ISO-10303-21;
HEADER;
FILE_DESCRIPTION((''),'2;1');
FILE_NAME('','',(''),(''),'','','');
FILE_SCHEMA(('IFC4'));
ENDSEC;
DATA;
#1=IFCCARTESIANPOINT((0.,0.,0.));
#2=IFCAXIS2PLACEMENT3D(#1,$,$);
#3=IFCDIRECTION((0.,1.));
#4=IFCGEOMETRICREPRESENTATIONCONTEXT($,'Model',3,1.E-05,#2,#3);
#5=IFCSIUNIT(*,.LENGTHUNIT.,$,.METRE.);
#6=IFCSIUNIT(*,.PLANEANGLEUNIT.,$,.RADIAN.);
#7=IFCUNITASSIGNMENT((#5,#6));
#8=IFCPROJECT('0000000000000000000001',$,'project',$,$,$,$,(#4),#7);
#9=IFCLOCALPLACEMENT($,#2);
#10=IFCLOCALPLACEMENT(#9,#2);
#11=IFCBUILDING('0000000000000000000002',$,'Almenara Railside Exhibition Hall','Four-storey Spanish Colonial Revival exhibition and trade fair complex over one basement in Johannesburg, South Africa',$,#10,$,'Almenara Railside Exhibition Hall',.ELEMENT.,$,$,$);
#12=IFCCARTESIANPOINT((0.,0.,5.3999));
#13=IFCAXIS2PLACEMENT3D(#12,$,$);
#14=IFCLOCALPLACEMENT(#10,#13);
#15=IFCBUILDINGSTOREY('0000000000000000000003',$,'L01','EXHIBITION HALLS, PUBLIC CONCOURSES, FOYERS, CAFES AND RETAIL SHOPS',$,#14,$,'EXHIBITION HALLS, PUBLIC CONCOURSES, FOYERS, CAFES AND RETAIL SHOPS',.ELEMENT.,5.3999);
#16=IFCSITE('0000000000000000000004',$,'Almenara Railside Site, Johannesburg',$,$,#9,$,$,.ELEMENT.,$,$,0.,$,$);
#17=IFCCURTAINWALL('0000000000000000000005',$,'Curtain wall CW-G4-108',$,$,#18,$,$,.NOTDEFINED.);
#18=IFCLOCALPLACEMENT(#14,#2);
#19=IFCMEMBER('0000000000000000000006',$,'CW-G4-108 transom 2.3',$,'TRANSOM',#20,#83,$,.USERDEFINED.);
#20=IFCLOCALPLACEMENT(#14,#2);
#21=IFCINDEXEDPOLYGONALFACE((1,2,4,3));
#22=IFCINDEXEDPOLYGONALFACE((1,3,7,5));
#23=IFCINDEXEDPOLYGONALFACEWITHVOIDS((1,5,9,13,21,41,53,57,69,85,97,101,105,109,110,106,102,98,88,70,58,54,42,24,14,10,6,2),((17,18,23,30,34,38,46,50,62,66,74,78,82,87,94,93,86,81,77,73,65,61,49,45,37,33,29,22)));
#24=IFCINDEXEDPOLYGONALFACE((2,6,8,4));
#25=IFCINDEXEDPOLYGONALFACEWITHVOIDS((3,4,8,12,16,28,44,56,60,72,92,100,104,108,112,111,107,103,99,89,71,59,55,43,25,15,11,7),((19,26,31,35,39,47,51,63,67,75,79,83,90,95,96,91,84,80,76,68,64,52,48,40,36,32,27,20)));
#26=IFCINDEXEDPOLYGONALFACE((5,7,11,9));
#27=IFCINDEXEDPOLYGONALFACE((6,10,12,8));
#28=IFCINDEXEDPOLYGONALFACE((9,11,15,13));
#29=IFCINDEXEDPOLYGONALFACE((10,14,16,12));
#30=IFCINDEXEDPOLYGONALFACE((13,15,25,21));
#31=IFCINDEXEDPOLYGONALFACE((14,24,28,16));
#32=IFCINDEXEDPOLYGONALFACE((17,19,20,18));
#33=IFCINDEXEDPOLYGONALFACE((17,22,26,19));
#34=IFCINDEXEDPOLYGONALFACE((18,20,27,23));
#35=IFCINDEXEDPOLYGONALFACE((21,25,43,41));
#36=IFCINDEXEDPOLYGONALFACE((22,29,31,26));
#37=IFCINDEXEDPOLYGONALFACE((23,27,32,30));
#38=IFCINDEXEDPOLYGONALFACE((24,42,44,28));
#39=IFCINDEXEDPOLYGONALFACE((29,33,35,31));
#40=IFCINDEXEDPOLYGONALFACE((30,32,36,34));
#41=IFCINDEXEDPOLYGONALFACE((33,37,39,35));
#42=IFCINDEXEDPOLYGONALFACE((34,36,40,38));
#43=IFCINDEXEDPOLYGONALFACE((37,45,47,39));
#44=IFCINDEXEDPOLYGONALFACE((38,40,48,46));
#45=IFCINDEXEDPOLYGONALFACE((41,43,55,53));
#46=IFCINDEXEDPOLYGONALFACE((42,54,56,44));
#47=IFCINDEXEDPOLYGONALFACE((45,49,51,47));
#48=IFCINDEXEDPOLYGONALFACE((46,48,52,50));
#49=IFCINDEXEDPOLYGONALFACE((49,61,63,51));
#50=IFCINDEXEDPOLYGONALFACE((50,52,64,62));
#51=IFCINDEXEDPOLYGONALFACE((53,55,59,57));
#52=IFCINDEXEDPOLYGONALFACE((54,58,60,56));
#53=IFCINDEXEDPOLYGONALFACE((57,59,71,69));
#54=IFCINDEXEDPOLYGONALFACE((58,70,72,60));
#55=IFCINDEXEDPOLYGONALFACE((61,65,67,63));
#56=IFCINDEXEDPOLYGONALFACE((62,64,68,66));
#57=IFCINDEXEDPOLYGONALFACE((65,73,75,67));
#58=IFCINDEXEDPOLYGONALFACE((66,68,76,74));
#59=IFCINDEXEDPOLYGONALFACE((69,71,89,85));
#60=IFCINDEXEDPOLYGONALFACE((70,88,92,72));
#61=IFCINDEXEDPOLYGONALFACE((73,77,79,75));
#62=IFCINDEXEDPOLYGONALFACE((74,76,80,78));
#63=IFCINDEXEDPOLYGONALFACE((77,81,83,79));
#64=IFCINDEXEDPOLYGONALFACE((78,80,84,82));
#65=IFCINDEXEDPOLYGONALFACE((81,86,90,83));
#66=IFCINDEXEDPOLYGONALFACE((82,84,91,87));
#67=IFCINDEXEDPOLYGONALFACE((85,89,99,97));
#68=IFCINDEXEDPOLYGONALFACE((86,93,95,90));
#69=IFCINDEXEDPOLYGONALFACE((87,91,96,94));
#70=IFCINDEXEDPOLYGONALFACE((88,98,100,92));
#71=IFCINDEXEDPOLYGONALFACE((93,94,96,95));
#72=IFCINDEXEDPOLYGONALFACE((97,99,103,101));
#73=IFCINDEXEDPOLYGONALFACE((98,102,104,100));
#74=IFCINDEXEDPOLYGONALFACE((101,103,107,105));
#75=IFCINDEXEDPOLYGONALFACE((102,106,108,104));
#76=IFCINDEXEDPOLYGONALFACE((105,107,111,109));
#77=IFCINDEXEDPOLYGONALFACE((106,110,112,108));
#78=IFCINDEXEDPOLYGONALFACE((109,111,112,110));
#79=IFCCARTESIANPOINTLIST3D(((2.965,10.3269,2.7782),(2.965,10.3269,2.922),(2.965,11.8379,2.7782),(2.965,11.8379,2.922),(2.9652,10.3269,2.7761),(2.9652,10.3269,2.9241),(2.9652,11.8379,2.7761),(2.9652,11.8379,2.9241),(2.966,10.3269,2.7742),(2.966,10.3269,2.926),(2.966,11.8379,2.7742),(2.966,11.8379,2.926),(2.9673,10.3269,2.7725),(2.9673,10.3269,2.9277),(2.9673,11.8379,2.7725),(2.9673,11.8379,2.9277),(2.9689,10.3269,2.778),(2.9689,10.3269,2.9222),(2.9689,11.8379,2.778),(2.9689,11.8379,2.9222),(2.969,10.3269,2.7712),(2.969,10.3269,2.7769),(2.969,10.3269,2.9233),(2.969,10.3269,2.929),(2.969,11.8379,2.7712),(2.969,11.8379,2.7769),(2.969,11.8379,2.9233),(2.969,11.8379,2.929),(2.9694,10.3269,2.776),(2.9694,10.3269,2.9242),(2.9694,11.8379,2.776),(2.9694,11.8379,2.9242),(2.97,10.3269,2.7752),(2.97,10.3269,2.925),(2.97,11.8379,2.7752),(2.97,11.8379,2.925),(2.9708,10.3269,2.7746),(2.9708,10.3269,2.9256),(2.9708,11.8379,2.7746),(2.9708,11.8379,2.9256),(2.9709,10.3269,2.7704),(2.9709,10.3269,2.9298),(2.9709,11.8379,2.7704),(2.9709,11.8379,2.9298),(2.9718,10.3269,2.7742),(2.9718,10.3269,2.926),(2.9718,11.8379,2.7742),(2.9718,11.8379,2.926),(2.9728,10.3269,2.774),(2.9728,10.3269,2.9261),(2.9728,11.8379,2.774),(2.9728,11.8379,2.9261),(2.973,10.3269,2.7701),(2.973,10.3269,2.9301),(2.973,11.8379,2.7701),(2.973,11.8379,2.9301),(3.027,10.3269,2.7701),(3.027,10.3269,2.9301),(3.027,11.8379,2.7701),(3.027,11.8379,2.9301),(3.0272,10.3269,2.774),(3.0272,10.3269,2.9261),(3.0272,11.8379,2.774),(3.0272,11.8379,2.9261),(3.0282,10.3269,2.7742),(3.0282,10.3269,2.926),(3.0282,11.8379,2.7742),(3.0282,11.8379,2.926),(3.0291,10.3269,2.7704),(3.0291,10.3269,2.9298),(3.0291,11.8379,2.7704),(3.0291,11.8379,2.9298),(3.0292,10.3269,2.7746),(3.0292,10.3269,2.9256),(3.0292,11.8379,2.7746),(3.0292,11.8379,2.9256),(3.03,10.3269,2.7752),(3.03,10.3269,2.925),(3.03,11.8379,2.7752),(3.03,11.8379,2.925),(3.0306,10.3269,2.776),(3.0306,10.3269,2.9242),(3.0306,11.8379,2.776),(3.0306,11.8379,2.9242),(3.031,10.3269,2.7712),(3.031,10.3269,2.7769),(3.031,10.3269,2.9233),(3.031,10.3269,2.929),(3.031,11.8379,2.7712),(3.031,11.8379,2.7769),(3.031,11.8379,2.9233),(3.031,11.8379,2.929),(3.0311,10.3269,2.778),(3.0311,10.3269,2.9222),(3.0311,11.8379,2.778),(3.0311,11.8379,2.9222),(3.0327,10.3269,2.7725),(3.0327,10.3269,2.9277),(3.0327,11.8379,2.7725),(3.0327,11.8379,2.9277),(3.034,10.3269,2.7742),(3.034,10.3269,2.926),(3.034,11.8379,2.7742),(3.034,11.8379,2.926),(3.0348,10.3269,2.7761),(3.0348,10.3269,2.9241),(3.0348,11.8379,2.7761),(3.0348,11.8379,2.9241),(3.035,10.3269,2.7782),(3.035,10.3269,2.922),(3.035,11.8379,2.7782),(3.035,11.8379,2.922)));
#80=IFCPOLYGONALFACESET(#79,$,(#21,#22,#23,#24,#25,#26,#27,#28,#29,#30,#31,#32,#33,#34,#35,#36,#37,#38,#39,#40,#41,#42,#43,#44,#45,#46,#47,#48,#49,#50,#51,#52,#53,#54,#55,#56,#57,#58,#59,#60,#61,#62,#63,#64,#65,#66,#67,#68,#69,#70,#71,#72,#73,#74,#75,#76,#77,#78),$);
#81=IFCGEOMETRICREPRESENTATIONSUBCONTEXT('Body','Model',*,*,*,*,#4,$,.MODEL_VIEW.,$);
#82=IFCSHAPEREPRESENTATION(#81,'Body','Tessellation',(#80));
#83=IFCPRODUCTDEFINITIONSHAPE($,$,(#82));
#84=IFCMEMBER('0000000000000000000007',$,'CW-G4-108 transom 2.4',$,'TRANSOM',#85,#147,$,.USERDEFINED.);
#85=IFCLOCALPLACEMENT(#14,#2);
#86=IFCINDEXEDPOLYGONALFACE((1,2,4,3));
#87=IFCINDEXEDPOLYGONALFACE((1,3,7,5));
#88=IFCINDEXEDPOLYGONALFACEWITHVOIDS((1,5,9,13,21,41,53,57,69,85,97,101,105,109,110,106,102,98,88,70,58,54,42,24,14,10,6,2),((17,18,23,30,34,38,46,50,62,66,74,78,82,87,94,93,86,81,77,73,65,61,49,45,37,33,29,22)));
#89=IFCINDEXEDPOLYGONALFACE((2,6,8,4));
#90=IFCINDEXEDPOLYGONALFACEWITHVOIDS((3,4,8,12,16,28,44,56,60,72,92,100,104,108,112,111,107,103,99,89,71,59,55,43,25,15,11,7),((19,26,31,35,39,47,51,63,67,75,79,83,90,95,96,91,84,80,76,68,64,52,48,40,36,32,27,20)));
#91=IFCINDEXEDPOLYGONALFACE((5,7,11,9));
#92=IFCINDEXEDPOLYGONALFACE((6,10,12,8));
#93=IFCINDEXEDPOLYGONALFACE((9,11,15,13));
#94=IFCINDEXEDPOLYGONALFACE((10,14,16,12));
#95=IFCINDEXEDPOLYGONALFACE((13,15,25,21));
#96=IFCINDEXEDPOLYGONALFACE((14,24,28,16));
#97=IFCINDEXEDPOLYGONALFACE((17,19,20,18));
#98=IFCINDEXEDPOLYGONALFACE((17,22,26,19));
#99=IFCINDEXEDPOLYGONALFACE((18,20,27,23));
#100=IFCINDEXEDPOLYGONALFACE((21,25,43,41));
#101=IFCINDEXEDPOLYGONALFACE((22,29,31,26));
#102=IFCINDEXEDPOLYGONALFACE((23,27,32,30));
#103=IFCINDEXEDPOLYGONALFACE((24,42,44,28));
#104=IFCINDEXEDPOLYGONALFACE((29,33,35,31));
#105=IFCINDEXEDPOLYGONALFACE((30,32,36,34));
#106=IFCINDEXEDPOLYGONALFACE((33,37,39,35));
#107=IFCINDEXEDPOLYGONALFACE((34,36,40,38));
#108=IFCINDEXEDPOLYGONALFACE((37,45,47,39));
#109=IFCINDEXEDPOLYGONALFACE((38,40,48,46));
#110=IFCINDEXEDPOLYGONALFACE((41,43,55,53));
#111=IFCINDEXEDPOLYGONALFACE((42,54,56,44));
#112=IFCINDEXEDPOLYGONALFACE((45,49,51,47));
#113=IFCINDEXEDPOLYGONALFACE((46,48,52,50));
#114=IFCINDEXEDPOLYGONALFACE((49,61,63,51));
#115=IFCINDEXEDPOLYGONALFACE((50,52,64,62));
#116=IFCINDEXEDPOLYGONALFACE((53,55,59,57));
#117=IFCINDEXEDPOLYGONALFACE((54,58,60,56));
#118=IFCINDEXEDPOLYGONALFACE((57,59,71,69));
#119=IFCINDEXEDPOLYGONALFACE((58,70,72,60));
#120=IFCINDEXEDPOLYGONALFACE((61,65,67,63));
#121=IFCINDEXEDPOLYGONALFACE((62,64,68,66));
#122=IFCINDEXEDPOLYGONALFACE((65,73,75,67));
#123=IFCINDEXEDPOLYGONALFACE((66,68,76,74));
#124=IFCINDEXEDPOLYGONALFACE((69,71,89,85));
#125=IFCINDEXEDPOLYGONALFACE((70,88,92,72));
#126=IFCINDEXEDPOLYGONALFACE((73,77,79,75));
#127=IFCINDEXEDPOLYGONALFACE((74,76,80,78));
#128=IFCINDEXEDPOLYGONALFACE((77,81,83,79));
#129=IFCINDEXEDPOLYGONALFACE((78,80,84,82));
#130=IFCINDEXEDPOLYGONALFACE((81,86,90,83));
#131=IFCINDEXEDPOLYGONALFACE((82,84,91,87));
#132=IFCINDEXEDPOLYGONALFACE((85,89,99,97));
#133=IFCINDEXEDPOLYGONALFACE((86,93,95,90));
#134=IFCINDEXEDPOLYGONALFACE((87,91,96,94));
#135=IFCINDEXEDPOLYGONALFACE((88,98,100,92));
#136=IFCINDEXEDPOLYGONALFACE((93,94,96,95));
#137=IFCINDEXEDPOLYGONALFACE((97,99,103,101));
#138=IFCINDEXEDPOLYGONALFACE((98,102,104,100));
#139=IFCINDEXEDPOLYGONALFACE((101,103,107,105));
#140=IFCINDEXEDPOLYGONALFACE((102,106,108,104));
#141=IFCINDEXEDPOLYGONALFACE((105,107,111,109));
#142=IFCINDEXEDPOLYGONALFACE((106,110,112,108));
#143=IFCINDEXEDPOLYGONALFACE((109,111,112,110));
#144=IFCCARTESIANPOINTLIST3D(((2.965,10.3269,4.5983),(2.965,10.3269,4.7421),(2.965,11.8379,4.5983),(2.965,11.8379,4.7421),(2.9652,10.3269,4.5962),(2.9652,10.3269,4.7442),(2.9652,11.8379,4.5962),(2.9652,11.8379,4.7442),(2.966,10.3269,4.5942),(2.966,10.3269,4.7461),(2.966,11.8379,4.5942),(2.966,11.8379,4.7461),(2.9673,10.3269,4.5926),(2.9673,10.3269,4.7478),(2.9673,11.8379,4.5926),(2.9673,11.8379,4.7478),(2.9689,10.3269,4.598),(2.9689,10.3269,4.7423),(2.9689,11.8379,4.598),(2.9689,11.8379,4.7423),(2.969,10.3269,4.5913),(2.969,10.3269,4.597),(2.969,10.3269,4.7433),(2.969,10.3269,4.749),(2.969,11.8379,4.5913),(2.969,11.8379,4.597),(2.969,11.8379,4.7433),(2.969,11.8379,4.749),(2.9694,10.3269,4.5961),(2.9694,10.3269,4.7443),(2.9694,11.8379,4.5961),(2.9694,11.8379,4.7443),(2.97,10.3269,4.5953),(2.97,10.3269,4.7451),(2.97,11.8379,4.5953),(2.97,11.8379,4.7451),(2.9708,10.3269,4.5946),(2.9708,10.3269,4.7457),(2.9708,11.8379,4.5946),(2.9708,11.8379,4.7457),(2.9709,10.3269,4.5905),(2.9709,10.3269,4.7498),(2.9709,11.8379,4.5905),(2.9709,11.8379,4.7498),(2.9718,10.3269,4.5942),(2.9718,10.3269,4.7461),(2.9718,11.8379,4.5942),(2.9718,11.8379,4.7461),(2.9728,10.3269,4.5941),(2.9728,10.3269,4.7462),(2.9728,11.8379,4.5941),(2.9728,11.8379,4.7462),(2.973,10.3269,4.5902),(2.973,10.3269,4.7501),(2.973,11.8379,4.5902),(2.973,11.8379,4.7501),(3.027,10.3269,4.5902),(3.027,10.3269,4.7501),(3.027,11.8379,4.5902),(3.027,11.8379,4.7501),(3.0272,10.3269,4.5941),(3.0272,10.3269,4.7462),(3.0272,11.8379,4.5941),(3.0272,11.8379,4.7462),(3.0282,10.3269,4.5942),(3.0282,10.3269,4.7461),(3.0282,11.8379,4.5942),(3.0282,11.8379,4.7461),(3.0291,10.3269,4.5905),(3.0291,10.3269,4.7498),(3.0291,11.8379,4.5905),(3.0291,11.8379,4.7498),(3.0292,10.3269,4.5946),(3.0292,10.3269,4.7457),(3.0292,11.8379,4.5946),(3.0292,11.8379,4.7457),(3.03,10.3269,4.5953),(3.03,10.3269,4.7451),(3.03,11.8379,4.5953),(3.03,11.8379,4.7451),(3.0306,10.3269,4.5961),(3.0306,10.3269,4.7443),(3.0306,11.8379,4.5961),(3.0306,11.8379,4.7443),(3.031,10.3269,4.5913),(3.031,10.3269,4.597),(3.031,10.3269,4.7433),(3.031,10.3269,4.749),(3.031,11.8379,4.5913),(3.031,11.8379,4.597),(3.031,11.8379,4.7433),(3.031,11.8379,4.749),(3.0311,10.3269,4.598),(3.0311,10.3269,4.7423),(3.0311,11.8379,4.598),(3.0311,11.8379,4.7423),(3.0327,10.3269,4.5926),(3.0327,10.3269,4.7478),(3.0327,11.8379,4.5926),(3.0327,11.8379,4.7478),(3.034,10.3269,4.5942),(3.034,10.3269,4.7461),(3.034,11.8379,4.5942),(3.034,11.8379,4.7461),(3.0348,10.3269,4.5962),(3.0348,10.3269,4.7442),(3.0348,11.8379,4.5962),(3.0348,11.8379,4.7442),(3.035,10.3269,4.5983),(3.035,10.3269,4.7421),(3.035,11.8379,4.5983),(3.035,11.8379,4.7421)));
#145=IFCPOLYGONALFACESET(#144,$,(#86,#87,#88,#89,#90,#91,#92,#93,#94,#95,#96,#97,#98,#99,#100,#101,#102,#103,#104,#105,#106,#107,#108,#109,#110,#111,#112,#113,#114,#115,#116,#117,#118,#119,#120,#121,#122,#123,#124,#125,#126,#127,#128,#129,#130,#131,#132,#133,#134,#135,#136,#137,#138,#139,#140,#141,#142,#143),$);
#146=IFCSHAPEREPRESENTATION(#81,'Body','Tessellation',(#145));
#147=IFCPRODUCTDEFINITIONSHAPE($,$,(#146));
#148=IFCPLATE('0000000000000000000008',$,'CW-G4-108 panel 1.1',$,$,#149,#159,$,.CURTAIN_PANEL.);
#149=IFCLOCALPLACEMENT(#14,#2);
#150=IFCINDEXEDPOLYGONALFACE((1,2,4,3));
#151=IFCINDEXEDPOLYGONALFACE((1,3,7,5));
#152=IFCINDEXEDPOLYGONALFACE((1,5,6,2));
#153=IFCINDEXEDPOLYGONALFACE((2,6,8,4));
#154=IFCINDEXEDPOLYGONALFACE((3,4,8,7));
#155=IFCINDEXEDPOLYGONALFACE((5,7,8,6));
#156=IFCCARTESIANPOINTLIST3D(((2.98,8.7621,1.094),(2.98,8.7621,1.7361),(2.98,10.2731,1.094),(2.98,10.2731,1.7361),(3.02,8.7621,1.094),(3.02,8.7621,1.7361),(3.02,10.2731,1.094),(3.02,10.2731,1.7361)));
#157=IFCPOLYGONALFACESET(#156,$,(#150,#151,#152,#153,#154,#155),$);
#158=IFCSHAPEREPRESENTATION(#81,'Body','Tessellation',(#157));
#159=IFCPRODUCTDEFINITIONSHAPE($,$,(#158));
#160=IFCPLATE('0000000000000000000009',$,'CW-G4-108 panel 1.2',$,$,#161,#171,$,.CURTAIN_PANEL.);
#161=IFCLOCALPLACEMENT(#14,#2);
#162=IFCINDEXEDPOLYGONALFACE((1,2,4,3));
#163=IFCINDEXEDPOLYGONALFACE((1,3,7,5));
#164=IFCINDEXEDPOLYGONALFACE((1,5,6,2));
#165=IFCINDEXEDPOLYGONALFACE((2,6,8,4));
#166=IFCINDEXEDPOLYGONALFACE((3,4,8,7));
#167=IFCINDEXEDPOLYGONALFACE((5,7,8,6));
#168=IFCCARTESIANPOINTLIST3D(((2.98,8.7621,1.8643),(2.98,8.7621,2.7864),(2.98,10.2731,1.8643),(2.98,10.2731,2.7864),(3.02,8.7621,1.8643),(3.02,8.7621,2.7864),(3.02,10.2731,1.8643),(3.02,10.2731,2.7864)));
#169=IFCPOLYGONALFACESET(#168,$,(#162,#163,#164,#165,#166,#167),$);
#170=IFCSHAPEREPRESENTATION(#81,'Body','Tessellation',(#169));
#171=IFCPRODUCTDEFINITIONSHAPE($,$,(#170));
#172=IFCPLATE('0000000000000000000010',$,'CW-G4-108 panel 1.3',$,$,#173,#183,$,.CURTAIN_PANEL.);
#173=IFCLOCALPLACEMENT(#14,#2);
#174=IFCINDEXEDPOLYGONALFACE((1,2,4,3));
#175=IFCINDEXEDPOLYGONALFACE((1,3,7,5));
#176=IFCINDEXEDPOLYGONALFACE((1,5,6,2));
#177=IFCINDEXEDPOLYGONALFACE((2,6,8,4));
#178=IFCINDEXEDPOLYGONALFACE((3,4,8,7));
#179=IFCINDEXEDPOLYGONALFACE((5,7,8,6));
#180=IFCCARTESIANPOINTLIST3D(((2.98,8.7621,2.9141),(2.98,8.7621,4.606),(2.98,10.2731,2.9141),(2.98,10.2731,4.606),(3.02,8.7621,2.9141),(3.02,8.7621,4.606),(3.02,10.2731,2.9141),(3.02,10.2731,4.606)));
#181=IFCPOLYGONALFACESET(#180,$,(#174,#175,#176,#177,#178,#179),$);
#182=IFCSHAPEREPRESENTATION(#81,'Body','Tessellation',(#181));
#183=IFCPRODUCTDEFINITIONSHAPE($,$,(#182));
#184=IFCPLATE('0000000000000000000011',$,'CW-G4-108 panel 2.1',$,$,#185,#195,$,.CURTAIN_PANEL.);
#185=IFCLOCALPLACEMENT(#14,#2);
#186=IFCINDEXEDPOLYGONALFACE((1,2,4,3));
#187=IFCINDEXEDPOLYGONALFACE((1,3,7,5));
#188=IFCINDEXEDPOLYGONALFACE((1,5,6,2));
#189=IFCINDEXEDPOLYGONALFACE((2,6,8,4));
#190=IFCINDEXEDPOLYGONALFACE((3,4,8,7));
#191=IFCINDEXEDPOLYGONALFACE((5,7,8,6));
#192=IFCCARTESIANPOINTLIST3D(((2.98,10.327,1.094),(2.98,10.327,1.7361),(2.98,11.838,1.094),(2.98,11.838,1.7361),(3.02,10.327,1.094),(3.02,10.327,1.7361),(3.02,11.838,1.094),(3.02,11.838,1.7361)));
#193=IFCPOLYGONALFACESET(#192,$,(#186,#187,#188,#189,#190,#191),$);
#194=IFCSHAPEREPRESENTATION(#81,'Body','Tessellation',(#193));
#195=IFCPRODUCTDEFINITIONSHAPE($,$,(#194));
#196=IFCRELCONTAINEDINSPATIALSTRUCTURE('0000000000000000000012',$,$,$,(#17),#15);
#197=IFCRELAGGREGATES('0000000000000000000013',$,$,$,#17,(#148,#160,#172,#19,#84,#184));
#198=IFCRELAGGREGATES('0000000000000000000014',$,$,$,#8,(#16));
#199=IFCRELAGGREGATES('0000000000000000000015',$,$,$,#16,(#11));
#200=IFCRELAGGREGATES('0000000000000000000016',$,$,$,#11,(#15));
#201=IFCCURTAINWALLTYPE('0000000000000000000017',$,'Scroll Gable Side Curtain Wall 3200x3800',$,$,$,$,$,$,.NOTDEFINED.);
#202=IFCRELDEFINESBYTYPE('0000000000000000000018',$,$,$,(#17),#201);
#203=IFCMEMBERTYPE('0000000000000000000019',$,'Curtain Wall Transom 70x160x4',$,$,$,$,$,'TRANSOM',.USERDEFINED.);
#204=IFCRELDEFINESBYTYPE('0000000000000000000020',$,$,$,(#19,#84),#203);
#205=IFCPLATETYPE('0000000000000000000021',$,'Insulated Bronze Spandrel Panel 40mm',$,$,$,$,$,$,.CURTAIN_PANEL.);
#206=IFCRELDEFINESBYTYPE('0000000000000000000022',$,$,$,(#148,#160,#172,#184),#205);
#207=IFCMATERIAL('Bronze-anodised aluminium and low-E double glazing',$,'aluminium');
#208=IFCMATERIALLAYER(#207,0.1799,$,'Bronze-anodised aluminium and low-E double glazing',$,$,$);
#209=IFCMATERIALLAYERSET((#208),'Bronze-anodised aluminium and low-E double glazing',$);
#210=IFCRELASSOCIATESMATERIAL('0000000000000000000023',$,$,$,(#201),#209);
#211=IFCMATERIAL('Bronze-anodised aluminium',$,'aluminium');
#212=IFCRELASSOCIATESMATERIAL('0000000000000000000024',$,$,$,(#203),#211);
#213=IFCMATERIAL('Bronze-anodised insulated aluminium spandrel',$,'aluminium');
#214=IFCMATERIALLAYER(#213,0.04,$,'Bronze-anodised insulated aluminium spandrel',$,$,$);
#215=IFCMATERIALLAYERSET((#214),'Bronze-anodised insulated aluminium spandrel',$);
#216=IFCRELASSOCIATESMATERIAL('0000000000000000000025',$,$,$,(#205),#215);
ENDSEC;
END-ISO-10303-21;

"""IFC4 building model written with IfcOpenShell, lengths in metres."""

from ifc_helpers import new_model, si_unit, direction, frame, origin, origin_2d, place, context, subcontext, project, spatial, rectangle, hollow_rectangle, extrude, material, layer, layer_set, material_profile, profile_set, type_object, element, aggregate, save


model = new_model("IFC4")

# Units and contexts
model_context = context("Model", 3, precision=1e-05, world=origin(), true_north=direction((0.0, 1.0)))
body_context = subcontext(model_context, "Body", "Model", "MODEL_VIEW")
ifc_project = project(units=[si_unit("LENGTHUNIT", "METRE"), si_unit("PLANEANGLEUNIT", "RADIAN")], contexts=[model_context])

# Site, building, storey
site_placement = place(None, origin())
site = spatial("IfcSite", under=ifc_project, at=site_placement, Name="Almenara Railside Site, Johannesburg", CompositionType="ELEMENT", RefElevation=0.0)
building_placement = place(site_placement, origin())
building = spatial("IfcBuilding", under=site, at=building_placement, Name="Almenara Railside Exhibition Hall", Description="Four-storey Spanish Colonial Revival exhibition and trade fair complex over one basement in Johannesburg, South Africa", LongName="Almenara Railside Exhibition Hall", CompositionType="ELEMENT")
storey_placement = place(building_placement, frame((0.0, 0.0, 5.3999)))
storey = spatial("IfcBuildingStorey", under=building, at=storey_placement, Name="L01", Description="EXHIBITION HALLS, PUBLIC CONCOURSES, FOYERS, CAFES AND RETAIL SHOPS", LongName="EXHIBITION HALLS, PUBLIC CONCOURSES, FOYERS, CAFES AND RETAIL SHOPS", CompositionType="ELEMENT", Elevation=5.3999)

# Shared definitions
ifc_material_1 = material(Name="Bronze-anodised aluminium and low-E double glazing", Category="aluminium")
ifc_material_2 = material(Name="Bronze-anodised aluminium", Category="aluminium")

# Curtain wall
ifc_layer_1 = layer(ifc_material_1, 0.1799, Name="Bronze-anodised aluminium and low-E double glazing")
ifc_layer_set_1 = layer_set([ifc_layer_1], Name="Bronze-anodised aluminium and low-E double glazing")
curtain_wall_type_1 = type_object("IfcCurtainWallType", Name="Scroll Gable Side Curtain Wall 3200x3800", PredefinedType="NOTDEFINED", material=ifc_layer_set_1)
curtain_wall_1_placement = place(storey_placement, origin())
curtain_wall_1 = element("IfcCurtainWall", 1, at=curtain_wall_1_placement, inside=storey, type_object=curtain_wall_type_1, Name="Curtain wall CW-G4-108", PredefinedType="NOTDEFINED")

# Members
ifc_material_profile_1 = material_profile(ifc_material_2, hollow_rectangle(XDim=0.0701, YDim=0.1599, WallThickness=0.0039, InnerFilletRadius=0.0039, OuterFilletRadius=0.0081, at=origin_2d()), Name="ALU-TRN 70x160x4")
ifc_profile_set_1 = profile_set([ifc_material_profile_1], Name="Bronze-anodised aluminium")
member_type_1 = type_object("IfcMemberType", Name="Curtain Wall Transom 70x160x4", ElementType="TRANSOM", PredefinedType="USERDEFINED", material=ifc_profile_set_1)
member_1_placement = place(storey_placement, frame((3.0, 10.3269, 2.8501), z_axis=(0.0, 1.0, 0.0), x_axis=(-1.0, 0.0, 0.0)))
member_1 = element("IfcMember", 2, at=member_1_placement, type_object=member_type_1, Name="CW-G4-108 transom 2.3", ObjectType="TRANSOM", PredefinedType="USERDEFINED", context=body_context, shape_type="SweptSolid", body=[
    extrude(hollow_rectangle(XDim=0.0701, YDim=0.1599, WallThickness=0.0039, InnerFilletRadius=0.0039, OuterFilletRadius=0.0081, at=origin_2d()), origin(), (0.0, 0.0, 1.0), 1.511),
])
member_2_placement = place(storey_placement, frame((3.0, 10.3269, 4.6702), z_axis=(0.0, 1.0, 0.0), x_axis=(-1.0, 0.0, 0.0)))
member_2 = element("IfcMember", 3, at=member_2_placement, type_object=member_type_1, Name="CW-G4-108 transom 2.4", ObjectType="TRANSOM", PredefinedType="USERDEFINED", context=body_context, shape_type="SweptSolid", body=[
    extrude(hollow_rectangle(XDim=0.0701, YDim=0.1599, WallThickness=0.0039, InnerFilletRadius=0.0039, OuterFilletRadius=0.0081, at=origin_2d()), origin(), (0.0, 0.0, 1.0), 1.511),
])

# Plates
ifc_material_3 = material(Name="Bronze-anodised insulated aluminium spandrel", Category="aluminium")
ifc_layer_2 = layer(ifc_material_3, 0.04, Name="Bronze-anodised insulated aluminium spandrel")
ifc_layer_set_2 = layer_set([ifc_layer_2], Name="Bronze-anodised insulated aluminium spandrel")
plate_type_1 = type_object("IfcPlateType", Name="Insulated Bronze Spandrel Panel 40mm", PredefinedType="CURTAIN_PANEL", material=ifc_layer_set_2)
plate_1_placement = place(storey_placement, frame((3.0, 9.5176, 1.094), z_axis=(0.0, 0.0, 1.0), x_axis=(0.0, 1.0, 0.0)))
plate_1 = element("IfcPlate", 4, at=plate_1_placement, type_object=plate_type_1, Name="CW-G4-108 panel 1.1", PredefinedType="CURTAIN_PANEL", context=body_context, shape_type="SweptSolid", body=[
    extrude(rectangle(XDim=1.511, YDim=0.04, at=origin_2d()), origin(), (0.0, 0.0, 1.0), 0.6421),
])
plate_2_placement = place(storey_placement, frame((3.0, 9.5176, 1.8643), z_axis=(0.0, 0.0, 1.0), x_axis=(0.0, 1.0, 0.0)))
plate_2 = element("IfcPlate", 5, at=plate_2_placement, type_object=plate_type_1, Name="CW-G4-108 panel 1.2", PredefinedType="CURTAIN_PANEL", context=body_context, shape_type="SweptSolid", body=[
    extrude(rectangle(XDim=1.511, YDim=0.04, at=origin_2d()), origin(), (0.0, 0.0, 1.0), 0.9221),
])
plate_3_placement = place(storey_placement, frame((3.0, 9.5176, 2.9141), z_axis=(0.0, 0.0, 1.0), x_axis=(0.0, 1.0, 0.0)))
plate_3 = element("IfcPlate", 6, at=plate_3_placement, type_object=plate_type_1, Name="CW-G4-108 panel 1.3", PredefinedType="CURTAIN_PANEL", context=body_context, shape_type="SweptSolid", body=[
    extrude(rectangle(XDim=1.511, YDim=0.04, at=origin_2d()), origin(), (0.0, 0.0, 1.0), 1.6919),
])
plate_4_placement = place(storey_placement, frame((3.0, 11.0825, 1.094), z_axis=(0.0, 0.0, 1.0), x_axis=(0.0, 1.0, 0.0)))
plate_4 = element("IfcPlate", 7, at=plate_4_placement, type_object=plate_type_1, Name="CW-G4-108 panel 2.1", PredefinedType="CURTAIN_PANEL", context=body_context, shape_type="SweptSolid", body=[
    extrude(rectangle(XDim=1.511, YDim=0.04, at=origin_2d()), origin(), (0.0, 0.0, 1.0), 0.6421),
])
aggregate(curtain_wall_1, [plate_1, plate_2, plate_3, member_1, member_2, plate_4])

save(model, "model.ifc")
